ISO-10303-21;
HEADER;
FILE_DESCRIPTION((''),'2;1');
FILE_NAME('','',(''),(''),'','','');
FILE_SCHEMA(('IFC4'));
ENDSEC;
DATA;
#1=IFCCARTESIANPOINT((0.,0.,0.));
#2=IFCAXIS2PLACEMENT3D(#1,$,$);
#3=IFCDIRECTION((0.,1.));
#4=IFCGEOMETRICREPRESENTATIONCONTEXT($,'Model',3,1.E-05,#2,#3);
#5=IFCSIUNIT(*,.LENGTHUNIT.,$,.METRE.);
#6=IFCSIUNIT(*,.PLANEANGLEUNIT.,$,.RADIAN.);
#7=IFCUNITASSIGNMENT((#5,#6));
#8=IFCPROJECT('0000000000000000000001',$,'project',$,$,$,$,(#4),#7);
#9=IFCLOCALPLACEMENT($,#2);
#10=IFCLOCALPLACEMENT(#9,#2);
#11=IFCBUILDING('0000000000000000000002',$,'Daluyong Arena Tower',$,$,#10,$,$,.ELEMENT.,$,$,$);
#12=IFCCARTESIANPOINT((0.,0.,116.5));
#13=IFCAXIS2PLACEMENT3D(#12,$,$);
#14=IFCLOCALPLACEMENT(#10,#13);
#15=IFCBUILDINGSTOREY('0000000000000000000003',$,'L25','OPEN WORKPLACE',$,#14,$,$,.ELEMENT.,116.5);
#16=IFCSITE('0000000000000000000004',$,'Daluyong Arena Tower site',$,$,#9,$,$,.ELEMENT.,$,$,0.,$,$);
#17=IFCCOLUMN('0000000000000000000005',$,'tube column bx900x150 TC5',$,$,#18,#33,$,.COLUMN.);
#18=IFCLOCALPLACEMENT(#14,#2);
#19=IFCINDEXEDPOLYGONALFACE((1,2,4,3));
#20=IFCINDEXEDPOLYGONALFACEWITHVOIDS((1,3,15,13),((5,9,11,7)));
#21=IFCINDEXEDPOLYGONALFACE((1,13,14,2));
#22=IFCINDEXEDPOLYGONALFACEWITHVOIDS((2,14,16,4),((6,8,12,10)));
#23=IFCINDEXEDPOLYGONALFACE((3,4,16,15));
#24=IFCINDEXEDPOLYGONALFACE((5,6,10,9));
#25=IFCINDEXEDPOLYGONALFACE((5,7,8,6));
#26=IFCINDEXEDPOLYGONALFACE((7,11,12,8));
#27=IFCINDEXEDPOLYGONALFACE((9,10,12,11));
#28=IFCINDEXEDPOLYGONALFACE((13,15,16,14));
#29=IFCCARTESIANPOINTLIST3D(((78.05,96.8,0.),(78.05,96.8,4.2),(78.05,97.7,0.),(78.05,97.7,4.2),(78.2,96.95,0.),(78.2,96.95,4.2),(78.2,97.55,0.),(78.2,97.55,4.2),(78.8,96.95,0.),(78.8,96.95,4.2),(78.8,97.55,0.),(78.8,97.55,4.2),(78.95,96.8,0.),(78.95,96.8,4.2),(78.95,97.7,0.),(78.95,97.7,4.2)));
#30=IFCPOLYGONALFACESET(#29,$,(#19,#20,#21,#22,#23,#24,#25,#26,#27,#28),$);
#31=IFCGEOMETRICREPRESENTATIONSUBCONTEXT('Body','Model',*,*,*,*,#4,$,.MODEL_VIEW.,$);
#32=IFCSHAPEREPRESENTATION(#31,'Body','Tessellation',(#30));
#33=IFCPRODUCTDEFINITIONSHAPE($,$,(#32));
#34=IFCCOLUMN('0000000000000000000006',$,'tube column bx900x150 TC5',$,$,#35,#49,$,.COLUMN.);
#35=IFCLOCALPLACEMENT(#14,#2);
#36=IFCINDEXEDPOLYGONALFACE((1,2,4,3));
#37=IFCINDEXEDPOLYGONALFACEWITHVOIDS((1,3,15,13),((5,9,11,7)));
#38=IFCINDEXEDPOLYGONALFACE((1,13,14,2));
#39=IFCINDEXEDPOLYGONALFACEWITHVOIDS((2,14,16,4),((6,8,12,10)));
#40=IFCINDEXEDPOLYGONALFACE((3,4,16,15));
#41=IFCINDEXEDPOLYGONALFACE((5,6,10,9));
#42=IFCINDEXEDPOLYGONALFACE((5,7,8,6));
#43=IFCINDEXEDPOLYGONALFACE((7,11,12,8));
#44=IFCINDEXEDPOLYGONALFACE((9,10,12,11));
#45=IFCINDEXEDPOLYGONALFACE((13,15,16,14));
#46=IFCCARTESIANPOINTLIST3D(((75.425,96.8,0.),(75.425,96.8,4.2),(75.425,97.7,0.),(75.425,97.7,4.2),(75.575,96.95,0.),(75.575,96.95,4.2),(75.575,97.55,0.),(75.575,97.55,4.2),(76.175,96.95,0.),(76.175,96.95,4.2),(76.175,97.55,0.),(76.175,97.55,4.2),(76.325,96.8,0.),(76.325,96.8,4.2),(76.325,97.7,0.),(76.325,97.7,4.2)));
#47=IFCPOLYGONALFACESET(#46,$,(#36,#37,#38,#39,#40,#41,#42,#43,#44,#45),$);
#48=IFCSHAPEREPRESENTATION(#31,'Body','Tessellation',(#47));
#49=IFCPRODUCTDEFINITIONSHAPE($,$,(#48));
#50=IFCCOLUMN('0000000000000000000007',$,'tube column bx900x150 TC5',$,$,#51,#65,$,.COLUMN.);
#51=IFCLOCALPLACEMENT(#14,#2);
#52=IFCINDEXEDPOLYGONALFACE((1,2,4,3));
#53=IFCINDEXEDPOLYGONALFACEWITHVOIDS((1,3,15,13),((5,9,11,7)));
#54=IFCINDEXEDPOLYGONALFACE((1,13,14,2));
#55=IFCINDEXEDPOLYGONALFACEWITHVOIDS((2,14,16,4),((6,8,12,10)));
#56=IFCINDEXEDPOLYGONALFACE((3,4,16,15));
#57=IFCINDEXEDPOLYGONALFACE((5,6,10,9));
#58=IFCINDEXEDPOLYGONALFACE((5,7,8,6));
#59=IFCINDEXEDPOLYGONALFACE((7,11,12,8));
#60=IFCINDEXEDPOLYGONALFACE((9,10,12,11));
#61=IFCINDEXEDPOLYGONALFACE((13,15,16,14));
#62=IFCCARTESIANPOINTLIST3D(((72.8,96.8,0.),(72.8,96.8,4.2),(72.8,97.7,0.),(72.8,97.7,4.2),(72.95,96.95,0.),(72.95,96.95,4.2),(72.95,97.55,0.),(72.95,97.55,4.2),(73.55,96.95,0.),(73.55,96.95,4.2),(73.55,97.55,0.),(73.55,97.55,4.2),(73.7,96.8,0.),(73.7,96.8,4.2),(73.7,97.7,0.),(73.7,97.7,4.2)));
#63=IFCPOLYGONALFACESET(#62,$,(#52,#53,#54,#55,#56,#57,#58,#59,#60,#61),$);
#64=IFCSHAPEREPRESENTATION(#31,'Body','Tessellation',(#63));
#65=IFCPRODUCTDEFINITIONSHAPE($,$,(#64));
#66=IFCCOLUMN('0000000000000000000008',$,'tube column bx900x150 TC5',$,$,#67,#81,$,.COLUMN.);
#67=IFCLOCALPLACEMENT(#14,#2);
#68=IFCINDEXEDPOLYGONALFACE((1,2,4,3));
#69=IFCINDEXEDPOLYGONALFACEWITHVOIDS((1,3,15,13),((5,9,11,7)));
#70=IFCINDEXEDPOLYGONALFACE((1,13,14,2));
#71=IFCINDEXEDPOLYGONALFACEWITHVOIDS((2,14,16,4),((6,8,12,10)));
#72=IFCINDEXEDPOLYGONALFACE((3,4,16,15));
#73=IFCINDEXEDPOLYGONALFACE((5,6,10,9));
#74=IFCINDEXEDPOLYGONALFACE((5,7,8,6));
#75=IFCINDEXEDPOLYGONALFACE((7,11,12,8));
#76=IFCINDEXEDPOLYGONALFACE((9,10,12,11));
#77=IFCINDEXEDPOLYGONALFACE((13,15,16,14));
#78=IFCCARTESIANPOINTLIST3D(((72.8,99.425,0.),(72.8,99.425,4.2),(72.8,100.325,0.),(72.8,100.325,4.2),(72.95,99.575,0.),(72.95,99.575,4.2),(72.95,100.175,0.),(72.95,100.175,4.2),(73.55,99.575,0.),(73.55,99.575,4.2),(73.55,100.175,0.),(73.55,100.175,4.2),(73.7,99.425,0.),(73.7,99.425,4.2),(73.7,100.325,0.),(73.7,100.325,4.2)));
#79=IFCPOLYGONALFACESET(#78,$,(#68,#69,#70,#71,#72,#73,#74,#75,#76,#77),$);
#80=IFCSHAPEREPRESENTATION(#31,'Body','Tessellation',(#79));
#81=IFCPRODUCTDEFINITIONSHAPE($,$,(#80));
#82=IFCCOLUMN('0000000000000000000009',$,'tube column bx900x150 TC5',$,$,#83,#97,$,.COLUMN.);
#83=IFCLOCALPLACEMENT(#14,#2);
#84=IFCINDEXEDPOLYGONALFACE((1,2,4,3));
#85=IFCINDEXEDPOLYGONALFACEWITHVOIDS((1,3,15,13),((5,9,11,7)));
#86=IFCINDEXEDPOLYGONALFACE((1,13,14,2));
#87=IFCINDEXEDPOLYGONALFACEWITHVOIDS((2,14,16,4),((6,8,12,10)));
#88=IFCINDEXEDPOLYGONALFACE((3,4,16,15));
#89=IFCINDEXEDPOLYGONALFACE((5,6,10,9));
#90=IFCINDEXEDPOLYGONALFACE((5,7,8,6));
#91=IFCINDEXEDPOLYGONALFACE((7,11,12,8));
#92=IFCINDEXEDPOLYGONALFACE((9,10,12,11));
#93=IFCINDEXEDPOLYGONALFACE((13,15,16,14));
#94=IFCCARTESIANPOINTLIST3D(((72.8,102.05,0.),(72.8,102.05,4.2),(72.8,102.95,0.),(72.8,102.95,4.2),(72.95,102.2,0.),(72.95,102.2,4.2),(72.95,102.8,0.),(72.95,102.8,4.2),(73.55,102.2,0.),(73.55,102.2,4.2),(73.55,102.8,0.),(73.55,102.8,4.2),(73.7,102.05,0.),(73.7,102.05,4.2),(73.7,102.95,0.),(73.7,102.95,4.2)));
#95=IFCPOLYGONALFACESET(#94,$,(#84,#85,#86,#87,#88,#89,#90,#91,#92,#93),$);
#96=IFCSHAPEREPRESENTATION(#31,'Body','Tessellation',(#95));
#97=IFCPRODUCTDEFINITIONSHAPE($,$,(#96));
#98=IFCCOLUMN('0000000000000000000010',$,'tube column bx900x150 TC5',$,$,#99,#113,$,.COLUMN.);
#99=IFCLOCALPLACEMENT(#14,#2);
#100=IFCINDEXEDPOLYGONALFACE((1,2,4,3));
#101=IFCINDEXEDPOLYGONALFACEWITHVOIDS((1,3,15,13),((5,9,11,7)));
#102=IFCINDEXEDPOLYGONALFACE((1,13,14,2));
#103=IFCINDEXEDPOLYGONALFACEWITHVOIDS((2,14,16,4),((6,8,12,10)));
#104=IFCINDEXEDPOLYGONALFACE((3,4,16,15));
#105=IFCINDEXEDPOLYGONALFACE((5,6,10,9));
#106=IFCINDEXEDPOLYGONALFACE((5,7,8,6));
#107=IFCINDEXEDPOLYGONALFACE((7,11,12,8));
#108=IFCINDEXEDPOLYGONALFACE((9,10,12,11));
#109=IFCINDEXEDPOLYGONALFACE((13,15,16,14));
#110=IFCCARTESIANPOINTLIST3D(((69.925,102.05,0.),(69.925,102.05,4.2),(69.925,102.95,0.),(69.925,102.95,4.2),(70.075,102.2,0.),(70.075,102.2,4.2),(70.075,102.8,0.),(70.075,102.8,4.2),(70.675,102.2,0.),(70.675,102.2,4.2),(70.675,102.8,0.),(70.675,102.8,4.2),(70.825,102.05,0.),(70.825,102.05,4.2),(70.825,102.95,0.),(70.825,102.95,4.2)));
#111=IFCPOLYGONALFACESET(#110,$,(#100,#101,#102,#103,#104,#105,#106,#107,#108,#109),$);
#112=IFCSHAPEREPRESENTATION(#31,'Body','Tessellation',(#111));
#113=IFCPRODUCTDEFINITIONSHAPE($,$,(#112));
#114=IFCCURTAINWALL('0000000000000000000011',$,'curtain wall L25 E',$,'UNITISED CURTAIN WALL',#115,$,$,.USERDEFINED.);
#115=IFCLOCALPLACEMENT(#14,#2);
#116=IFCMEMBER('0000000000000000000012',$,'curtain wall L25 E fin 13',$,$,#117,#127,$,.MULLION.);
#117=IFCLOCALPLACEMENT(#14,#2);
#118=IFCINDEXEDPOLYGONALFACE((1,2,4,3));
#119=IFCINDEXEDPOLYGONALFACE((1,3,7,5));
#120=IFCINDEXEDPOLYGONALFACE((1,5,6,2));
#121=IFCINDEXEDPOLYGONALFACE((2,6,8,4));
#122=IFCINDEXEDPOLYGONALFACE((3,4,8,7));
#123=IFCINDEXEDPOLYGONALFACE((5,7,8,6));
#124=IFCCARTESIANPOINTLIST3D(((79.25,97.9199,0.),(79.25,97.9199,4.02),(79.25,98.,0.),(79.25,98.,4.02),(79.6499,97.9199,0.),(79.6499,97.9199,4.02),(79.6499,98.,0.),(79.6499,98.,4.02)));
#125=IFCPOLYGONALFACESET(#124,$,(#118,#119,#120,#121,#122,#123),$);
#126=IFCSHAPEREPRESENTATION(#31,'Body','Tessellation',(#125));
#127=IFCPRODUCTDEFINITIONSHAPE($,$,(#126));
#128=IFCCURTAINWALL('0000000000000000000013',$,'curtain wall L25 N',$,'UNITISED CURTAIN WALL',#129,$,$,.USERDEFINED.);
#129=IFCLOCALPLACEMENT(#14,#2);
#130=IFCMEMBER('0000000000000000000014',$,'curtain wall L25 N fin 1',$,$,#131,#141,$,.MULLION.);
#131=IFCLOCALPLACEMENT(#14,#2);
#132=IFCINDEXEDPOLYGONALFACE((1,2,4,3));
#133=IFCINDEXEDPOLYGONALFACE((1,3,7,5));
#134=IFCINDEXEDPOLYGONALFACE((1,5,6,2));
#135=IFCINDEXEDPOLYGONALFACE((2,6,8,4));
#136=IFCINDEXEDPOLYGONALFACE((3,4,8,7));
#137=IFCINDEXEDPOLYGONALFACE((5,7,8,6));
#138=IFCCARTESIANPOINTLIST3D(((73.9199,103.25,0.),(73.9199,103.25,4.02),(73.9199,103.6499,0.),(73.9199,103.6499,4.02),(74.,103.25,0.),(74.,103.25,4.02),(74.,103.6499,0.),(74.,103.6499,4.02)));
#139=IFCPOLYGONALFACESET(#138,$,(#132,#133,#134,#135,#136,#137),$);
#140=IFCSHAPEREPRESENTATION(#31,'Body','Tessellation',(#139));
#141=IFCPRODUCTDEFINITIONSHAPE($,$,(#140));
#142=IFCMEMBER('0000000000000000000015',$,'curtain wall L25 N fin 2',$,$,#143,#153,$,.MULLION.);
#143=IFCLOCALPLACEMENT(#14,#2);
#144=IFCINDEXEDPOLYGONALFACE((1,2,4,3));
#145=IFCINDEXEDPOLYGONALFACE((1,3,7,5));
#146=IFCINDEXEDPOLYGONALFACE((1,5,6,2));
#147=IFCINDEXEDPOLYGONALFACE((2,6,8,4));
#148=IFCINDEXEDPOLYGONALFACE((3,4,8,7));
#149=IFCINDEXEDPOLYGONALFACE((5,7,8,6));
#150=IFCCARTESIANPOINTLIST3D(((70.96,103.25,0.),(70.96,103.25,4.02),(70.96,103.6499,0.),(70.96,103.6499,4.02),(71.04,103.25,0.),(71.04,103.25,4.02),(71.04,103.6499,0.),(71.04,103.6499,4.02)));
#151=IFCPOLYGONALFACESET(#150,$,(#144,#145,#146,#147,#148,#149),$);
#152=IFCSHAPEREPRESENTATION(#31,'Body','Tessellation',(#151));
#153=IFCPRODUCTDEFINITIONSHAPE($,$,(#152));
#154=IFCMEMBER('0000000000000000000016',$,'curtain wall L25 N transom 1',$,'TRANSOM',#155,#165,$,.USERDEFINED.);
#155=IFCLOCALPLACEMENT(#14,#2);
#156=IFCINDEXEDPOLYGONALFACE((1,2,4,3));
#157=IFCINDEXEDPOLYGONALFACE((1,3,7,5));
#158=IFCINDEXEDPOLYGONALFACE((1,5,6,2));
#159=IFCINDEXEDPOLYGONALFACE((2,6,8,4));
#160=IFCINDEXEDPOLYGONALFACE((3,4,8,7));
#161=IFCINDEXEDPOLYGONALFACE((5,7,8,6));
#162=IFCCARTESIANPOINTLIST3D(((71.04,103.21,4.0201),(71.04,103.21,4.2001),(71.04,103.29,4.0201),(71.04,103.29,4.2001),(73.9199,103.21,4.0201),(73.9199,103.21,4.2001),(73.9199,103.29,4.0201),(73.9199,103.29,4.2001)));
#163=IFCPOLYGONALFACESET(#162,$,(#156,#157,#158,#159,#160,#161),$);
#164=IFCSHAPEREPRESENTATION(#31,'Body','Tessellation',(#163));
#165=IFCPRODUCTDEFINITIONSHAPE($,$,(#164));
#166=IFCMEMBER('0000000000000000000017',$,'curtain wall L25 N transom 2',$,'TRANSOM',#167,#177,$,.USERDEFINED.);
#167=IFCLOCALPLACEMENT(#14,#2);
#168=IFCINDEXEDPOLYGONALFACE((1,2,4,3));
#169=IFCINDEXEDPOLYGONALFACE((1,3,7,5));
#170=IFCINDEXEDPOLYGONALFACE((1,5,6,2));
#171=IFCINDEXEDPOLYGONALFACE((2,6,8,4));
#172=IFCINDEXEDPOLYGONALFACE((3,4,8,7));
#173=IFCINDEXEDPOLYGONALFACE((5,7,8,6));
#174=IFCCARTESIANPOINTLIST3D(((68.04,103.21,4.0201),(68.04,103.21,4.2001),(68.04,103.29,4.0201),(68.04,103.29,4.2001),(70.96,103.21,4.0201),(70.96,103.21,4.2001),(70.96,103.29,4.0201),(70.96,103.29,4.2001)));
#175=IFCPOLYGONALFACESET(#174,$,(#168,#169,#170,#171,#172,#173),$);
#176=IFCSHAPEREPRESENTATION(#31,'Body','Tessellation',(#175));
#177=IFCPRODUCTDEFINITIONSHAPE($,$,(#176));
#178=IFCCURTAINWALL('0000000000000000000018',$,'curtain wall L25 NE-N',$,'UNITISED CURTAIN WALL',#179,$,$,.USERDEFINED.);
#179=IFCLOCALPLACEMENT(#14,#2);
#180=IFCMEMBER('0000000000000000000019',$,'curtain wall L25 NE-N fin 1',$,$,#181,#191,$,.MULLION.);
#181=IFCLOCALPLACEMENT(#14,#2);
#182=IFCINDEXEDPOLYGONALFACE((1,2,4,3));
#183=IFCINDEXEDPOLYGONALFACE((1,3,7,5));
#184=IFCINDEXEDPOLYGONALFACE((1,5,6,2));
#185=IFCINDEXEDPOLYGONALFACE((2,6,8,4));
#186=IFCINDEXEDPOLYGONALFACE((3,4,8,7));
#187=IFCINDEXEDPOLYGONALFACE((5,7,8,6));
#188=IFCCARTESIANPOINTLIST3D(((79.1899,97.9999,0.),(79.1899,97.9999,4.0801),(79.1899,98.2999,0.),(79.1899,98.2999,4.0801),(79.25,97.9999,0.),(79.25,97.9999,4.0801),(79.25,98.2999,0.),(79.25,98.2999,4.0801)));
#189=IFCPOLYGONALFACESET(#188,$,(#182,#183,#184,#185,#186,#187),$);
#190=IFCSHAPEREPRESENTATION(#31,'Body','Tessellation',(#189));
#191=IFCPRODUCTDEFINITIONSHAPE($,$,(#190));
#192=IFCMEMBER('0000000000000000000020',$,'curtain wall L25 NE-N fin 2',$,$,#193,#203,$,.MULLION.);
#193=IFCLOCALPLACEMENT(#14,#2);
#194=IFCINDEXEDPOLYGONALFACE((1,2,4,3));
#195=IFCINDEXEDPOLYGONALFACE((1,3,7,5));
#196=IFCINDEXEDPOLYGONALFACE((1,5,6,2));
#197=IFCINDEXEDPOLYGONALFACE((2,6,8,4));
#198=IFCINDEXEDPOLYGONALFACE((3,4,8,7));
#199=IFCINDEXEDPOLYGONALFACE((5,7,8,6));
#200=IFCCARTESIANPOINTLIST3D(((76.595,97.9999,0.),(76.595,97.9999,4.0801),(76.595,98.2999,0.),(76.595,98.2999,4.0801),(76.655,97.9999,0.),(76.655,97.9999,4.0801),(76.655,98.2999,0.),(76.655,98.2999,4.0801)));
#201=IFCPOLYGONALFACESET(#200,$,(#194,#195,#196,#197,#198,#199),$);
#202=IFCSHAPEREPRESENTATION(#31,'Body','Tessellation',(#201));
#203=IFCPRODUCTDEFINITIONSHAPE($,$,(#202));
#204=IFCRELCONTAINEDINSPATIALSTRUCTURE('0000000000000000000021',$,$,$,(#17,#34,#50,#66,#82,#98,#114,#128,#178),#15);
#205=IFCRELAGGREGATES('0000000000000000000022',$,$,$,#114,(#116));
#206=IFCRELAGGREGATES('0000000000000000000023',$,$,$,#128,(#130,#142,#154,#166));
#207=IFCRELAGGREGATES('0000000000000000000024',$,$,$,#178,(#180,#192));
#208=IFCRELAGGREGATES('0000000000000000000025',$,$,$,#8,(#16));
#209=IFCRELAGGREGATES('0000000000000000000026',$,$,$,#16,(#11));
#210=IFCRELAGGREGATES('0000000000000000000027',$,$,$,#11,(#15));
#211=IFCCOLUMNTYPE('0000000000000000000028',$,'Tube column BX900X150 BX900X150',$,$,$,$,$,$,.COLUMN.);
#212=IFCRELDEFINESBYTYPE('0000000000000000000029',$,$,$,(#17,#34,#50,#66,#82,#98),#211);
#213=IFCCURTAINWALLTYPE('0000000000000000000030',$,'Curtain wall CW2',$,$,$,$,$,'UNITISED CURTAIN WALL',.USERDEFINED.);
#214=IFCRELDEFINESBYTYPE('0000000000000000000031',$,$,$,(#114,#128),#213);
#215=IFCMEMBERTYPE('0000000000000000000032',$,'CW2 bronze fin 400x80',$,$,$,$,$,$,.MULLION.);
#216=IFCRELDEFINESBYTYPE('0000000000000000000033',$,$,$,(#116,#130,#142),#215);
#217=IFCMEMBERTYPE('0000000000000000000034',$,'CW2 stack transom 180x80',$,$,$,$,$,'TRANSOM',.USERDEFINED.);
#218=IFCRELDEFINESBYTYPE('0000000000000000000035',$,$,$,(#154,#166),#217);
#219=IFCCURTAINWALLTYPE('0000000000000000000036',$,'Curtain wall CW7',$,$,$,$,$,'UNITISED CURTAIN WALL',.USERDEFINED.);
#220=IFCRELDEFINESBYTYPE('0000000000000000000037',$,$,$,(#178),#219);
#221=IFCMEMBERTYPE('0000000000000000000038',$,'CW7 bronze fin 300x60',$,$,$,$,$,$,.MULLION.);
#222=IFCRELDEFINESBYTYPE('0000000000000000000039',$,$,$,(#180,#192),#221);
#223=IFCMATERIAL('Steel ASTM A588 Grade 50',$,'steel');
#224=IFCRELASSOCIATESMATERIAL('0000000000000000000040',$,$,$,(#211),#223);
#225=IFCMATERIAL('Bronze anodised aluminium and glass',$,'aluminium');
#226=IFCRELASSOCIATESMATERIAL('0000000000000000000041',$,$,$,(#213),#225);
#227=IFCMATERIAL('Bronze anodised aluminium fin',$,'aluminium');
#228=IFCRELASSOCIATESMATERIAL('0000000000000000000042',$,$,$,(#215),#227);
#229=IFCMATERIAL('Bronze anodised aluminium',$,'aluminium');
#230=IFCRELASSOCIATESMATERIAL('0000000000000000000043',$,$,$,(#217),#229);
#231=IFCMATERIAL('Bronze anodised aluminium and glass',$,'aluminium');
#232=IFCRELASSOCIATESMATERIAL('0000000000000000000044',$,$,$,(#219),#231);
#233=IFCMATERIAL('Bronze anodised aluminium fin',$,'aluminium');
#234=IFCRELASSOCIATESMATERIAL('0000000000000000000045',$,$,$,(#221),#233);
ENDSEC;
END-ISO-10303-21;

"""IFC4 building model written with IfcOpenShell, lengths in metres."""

from ifc_helpers import new_model, si_unit, direction, frame, origin, origin_2d, place, context, subcontext, project, spatial, rectangle, hollow_rectangle, extrude, material, material_profile, profile_set, type_object, element, aggregate, save


model = new_model("IFC4")

# Units and contexts
model_context = context("Model", 3, precision=1e-05, world=origin(), true_north=direction((0.0, 1.0)))
body_context = subcontext(model_context, "Body", "Model", "MODEL_VIEW")
ifc_project = project(units=[si_unit("LENGTHUNIT", "METRE"), si_unit("PLANEANGLEUNIT", "RADIAN")], contexts=[model_context])

# Site, building, storey
site_placement = place(None, origin())
site = spatial("IfcSite", under=ifc_project, at=site_placement, Name="Daluyong Arena Tower site", CompositionType="ELEMENT", RefElevation=0.0)
building_placement = place(site_placement, origin())
building = spatial("IfcBuilding", under=site, at=building_placement, Name="Daluyong Arena Tower", CompositionType="ELEMENT")
storey_placement = place(building_placement, frame((0.0, 0.0, 116.5)))
storey = spatial("IfcBuildingStorey", under=building, at=storey_placement, Name="L25", Description="OPEN WORKPLACE", CompositionType="ELEMENT", Elevation=116.5)

# Columns
ifc_material_1 = material(Name="Steel ASTM A588 Grade 50", Category="steel")
ifc_material_profile_1 = material_profile(ifc_material_1, hollow_rectangle(XDim=0.8999, YDim=0.8999, WallThickness=0.15, at=origin_2d()))
ifc_profile_set_1 = profile_set([ifc_material_profile_1], Name="Steel ASTM A588 Grade 50")
column_type = type_object("IfcColumnType", Name="Tube column BX900X150 BX900X150", PredefinedType="COLUMN", material=ifc_profile_set_1)
for number, where, z_axis, x_axis, name in (
    (1, (78.5, 97.25, 0.0), (0.0, 0.0, 1.0), (1.0, 0.0, 0.0), "tube column bx900x150 TC5"),
    (2, (75.875, 97.25, 0.0), (0.0, 0.0, 1.0), (1.0, 0.0, 0.0), "tube column bx900x150 TC5"),
    (3, (73.25, 97.25, 0.0), (0.0, 0.0, 1.0), (0.0, 1.0, 0.0), "tube column bx900x150 TC5"),
    (4, (73.25, 99.875, 0.0), (0.0, 0.0, 1.0), (0.0, 1.0, 0.0), "tube column bx900x150 TC5"),
    (5, (73.25, 102.5, 0.0), (0.0, 0.0, 1.0), (1.0, 0.0, 0.0), "tube column bx900x150 TC5"),
    (6, (70.375, 102.5, 0.0), (0.0, 0.0, 1.0), (1.0, 0.0, 0.0), "tube column bx900x150 TC5"),
):
    element("IfcColumn", number, at=place(storey_placement, frame(where, z_axis=z_axis, x_axis=x_axis)), inside=storey, type_object=column_type, Name=name, PredefinedType="COLUMN", context=body_context, shape_type="SweptSolid", body=[
        extrude(hollow_rectangle(XDim=0.8999, YDim=0.8999, WallThickness=0.15, at=origin_2d()), origin(), (0.0, 0.0, 1.0), 4.2),
    ])

# Curtain wall, member
ifc_material_2 = material(Name="Bronze anodised aluminium and glass", Category="aluminium")
curtain_wall_type_1 = type_object("IfcCurtainWallType", Name="Curtain wall CW2", ElementType="UNITISED CURTAIN WALL", PredefinedType="USERDEFINED", material=ifc_material_2)
curtain_wall_1_placement = place(storey_placement, origin())
curtain_wall_1 = element("IfcCurtainWall", 7, at=curtain_wall_1_placement, inside=storey, type_object=curtain_wall_type_1, Name="curtain wall L25 E", ObjectType="UNITISED CURTAIN WALL", PredefinedType="USERDEFINED")
ifc_material_3 = material(Name="Bronze anodised aluminium fin", Category="aluminium")
ifc_material_profile_2 = material_profile(ifc_material_3, rectangle(XDim=0.3999, YDim=0.0801, at=origin_2d()))
ifc_profile_set_2 = profile_set([ifc_material_profile_2], Name="Bronze anodised aluminium fin")
member_type_1 = type_object("IfcMemberType", Name="CW2 bronze fin 400x80", PredefinedType="MULLION", material=ifc_profile_set_2)
member_1_placement = place(storey_placement, frame((79.45, 97.96, 0.0), z_axis=(0.0, 0.0, 1.0), x_axis=(-1.0, 0.0, 0.0)))
member_1 = element("IfcMember", 8, at=member_1_placement, type_object=member_type_1, Name="curtain wall L25 E fin 13", PredefinedType="MULLION", context=body_context, shape_type="SweptSolid", body=[
    extrude(rectangle(XDim=0.3999, YDim=0.0801, at=origin_2d()), origin(), (0.0, 0.0, 1.0), 4.02),
])
aggregate(curtain_wall_1, [member_1])

# Curtain walls, members
curtain_wall_2_placement = place(storey_placement, origin())
curtain_wall_2 = element("IfcCurtainWall", 9, at=curtain_wall_2_placement, inside=storey, type_object=curtain_wall_type_1, Name="curtain wall L25 N", ObjectType="UNITISED CURTAIN WALL", PredefinedType="USERDEFINED")
member_2_placement = place(storey_placement, frame((73.96, 103.45, 0.0), z_axis=(0.0, 0.0, 1.0), x_axis=(0.0, -1.0, 0.0)))
member_2 = element("IfcMember", 10, at=member_2_placement, type_object=member_type_1, Name="curtain wall L25 N fin 1", PredefinedType="MULLION", context=body_context, shape_type="SweptSolid", body=[
    extrude(rectangle(XDim=0.3999, YDim=0.0801, at=origin_2d()), origin(), (0.0, 0.0, 1.0), 4.02),
])
member_3_placement = place(storey_placement, frame((71.0, 103.45, 0.0), z_axis=(0.0, 0.0, 1.0), x_axis=(0.0, -1.0, 0.0)))
member_3 = element("IfcMember", 11, at=member_3_placement, type_object=member_type_1, Name="curtain wall L25 N fin 2", PredefinedType="MULLION", context=body_context, shape_type="SweptSolid", body=[
    extrude(rectangle(XDim=0.3999, YDim=0.0801, at=origin_2d()), origin(), (0.0, 0.0, 1.0), 4.02),
])
ifc_material_4 = material(Name="Bronze anodised aluminium", Category="aluminium")
ifc_material_profile_3 = material_profile(ifc_material_4, rectangle(XDim=0.0801, YDim=0.1799, at=origin_2d()))
ifc_profile_set_3 = profile_set([ifc_material_profile_3], Name="Bronze anodised aluminium")
member_type_2 = type_object("IfcMemberType", Name="CW2 stack transom 180x80", ElementType="TRANSOM", PredefinedType="USERDEFINED", material=ifc_profile_set_3)
member_4_placement = place(storey_placement, frame((73.9199, 103.25, 4.1101), z_axis=(-1.0, 0.0, 0.0), x_axis=(0.0, -1.0, 0.0)))
member_4 = element("IfcMember", 12, at=member_4_placement, type_object=member_type_2, Name="curtain wall L25 N transom 1", ObjectType="TRANSOM", PredefinedType="USERDEFINED", context=body_context, shape_type="SweptSolid", body=[
    extrude(rectangle(XDim=0.0801, YDim=0.1799, at=origin_2d()), origin(), (0.0, 0.0, 1.0), 2.8799),
])
member_5_placement = place(storey_placement, frame((70.96, 103.25, 4.1101), z_axis=(-1.0, 0.0, 0.0), x_axis=(0.0, -1.0, 0.0)))
member_5 = element("IfcMember", 13, at=member_5_placement, type_object=member_type_2, Name="curtain wall L25 N transom 2", ObjectType="TRANSOM", PredefinedType="USERDEFINED", context=body_context, shape_type="SweptSolid", body=[
    extrude(rectangle(XDim=0.0801, YDim=0.1799, at=origin_2d()), origin(), (0.0, 0.0, 1.0), 2.9199),
])
ifc_material_5 = material(Name="Bronze anodised aluminium and glass", Category="aluminium")
curtain_wall_type_2 = type_object("IfcCurtainWallType", Name="Curtain wall CW7", ElementType="UNITISED CURTAIN WALL", PredefinedType="USERDEFINED", material=ifc_material_5)
curtain_wall_3_placement = place(storey_placement, origin())
curtain_wall_3 = element("IfcCurtainWall", 14, at=curtain_wall_3_placement, inside=storey, type_object=curtain_wall_type_2, Name="curtain wall L25 NE-N", ObjectType="UNITISED CURTAIN WALL", PredefinedType="USERDEFINED")
ifc_material_6 = material(Name="Bronze anodised aluminium fin", Category="aluminium")
ifc_material_profile_4 = material_profile(ifc_material_6, rectangle(XDim=0.3, YDim=0.0601, at=origin_2d()))
ifc_profile_set_4 = profile_set([ifc_material_profile_4], Name="Bronze anodised aluminium fin")
member_type_3 = type_object("IfcMemberType", Name="CW7 bronze fin 300x60", PredefinedType="MULLION", material=ifc_profile_set_4)
member_6_placement = place(storey_placement, frame((79.22, 98.1499, 0.0), z_axis=(0.0, 0.0, 1.0), x_axis=(0.0, -1.0, 0.0)))
member_6 = element("IfcMember", 15, at=member_6_placement, type_object=member_type_3, Name="curtain wall L25 NE-N fin 1", PredefinedType="MULLION", context=body_context, shape_type="SweptSolid", body=[
    extrude(rectangle(XDim=0.3, YDim=0.0601, at=origin_2d()), origin(), (0.0, 0.0, 1.0), 4.0801),
])
member_7_placement = place(storey_placement, frame((76.625, 98.1499, 0.0), z_axis=(0.0, 0.0, 1.0), x_axis=(0.0, -1.0, 0.0)))
member_7 = element("IfcMember", 16, at=member_7_placement, type_object=member_type_3, Name="curtain wall L25 NE-N fin 2", PredefinedType="MULLION", context=body_context, shape_type="SweptSolid", body=[
    extrude(rectangle(XDim=0.3, YDim=0.0601, at=origin_2d()), origin(), (0.0, 0.0, 1.0), 4.0801),
])

aggregate(curtain_wall_2, [member_2, member_3, member_4, member_5])
aggregate(curtain_wall_3, [member_6, member_7])

save(model, "model.ifc")
